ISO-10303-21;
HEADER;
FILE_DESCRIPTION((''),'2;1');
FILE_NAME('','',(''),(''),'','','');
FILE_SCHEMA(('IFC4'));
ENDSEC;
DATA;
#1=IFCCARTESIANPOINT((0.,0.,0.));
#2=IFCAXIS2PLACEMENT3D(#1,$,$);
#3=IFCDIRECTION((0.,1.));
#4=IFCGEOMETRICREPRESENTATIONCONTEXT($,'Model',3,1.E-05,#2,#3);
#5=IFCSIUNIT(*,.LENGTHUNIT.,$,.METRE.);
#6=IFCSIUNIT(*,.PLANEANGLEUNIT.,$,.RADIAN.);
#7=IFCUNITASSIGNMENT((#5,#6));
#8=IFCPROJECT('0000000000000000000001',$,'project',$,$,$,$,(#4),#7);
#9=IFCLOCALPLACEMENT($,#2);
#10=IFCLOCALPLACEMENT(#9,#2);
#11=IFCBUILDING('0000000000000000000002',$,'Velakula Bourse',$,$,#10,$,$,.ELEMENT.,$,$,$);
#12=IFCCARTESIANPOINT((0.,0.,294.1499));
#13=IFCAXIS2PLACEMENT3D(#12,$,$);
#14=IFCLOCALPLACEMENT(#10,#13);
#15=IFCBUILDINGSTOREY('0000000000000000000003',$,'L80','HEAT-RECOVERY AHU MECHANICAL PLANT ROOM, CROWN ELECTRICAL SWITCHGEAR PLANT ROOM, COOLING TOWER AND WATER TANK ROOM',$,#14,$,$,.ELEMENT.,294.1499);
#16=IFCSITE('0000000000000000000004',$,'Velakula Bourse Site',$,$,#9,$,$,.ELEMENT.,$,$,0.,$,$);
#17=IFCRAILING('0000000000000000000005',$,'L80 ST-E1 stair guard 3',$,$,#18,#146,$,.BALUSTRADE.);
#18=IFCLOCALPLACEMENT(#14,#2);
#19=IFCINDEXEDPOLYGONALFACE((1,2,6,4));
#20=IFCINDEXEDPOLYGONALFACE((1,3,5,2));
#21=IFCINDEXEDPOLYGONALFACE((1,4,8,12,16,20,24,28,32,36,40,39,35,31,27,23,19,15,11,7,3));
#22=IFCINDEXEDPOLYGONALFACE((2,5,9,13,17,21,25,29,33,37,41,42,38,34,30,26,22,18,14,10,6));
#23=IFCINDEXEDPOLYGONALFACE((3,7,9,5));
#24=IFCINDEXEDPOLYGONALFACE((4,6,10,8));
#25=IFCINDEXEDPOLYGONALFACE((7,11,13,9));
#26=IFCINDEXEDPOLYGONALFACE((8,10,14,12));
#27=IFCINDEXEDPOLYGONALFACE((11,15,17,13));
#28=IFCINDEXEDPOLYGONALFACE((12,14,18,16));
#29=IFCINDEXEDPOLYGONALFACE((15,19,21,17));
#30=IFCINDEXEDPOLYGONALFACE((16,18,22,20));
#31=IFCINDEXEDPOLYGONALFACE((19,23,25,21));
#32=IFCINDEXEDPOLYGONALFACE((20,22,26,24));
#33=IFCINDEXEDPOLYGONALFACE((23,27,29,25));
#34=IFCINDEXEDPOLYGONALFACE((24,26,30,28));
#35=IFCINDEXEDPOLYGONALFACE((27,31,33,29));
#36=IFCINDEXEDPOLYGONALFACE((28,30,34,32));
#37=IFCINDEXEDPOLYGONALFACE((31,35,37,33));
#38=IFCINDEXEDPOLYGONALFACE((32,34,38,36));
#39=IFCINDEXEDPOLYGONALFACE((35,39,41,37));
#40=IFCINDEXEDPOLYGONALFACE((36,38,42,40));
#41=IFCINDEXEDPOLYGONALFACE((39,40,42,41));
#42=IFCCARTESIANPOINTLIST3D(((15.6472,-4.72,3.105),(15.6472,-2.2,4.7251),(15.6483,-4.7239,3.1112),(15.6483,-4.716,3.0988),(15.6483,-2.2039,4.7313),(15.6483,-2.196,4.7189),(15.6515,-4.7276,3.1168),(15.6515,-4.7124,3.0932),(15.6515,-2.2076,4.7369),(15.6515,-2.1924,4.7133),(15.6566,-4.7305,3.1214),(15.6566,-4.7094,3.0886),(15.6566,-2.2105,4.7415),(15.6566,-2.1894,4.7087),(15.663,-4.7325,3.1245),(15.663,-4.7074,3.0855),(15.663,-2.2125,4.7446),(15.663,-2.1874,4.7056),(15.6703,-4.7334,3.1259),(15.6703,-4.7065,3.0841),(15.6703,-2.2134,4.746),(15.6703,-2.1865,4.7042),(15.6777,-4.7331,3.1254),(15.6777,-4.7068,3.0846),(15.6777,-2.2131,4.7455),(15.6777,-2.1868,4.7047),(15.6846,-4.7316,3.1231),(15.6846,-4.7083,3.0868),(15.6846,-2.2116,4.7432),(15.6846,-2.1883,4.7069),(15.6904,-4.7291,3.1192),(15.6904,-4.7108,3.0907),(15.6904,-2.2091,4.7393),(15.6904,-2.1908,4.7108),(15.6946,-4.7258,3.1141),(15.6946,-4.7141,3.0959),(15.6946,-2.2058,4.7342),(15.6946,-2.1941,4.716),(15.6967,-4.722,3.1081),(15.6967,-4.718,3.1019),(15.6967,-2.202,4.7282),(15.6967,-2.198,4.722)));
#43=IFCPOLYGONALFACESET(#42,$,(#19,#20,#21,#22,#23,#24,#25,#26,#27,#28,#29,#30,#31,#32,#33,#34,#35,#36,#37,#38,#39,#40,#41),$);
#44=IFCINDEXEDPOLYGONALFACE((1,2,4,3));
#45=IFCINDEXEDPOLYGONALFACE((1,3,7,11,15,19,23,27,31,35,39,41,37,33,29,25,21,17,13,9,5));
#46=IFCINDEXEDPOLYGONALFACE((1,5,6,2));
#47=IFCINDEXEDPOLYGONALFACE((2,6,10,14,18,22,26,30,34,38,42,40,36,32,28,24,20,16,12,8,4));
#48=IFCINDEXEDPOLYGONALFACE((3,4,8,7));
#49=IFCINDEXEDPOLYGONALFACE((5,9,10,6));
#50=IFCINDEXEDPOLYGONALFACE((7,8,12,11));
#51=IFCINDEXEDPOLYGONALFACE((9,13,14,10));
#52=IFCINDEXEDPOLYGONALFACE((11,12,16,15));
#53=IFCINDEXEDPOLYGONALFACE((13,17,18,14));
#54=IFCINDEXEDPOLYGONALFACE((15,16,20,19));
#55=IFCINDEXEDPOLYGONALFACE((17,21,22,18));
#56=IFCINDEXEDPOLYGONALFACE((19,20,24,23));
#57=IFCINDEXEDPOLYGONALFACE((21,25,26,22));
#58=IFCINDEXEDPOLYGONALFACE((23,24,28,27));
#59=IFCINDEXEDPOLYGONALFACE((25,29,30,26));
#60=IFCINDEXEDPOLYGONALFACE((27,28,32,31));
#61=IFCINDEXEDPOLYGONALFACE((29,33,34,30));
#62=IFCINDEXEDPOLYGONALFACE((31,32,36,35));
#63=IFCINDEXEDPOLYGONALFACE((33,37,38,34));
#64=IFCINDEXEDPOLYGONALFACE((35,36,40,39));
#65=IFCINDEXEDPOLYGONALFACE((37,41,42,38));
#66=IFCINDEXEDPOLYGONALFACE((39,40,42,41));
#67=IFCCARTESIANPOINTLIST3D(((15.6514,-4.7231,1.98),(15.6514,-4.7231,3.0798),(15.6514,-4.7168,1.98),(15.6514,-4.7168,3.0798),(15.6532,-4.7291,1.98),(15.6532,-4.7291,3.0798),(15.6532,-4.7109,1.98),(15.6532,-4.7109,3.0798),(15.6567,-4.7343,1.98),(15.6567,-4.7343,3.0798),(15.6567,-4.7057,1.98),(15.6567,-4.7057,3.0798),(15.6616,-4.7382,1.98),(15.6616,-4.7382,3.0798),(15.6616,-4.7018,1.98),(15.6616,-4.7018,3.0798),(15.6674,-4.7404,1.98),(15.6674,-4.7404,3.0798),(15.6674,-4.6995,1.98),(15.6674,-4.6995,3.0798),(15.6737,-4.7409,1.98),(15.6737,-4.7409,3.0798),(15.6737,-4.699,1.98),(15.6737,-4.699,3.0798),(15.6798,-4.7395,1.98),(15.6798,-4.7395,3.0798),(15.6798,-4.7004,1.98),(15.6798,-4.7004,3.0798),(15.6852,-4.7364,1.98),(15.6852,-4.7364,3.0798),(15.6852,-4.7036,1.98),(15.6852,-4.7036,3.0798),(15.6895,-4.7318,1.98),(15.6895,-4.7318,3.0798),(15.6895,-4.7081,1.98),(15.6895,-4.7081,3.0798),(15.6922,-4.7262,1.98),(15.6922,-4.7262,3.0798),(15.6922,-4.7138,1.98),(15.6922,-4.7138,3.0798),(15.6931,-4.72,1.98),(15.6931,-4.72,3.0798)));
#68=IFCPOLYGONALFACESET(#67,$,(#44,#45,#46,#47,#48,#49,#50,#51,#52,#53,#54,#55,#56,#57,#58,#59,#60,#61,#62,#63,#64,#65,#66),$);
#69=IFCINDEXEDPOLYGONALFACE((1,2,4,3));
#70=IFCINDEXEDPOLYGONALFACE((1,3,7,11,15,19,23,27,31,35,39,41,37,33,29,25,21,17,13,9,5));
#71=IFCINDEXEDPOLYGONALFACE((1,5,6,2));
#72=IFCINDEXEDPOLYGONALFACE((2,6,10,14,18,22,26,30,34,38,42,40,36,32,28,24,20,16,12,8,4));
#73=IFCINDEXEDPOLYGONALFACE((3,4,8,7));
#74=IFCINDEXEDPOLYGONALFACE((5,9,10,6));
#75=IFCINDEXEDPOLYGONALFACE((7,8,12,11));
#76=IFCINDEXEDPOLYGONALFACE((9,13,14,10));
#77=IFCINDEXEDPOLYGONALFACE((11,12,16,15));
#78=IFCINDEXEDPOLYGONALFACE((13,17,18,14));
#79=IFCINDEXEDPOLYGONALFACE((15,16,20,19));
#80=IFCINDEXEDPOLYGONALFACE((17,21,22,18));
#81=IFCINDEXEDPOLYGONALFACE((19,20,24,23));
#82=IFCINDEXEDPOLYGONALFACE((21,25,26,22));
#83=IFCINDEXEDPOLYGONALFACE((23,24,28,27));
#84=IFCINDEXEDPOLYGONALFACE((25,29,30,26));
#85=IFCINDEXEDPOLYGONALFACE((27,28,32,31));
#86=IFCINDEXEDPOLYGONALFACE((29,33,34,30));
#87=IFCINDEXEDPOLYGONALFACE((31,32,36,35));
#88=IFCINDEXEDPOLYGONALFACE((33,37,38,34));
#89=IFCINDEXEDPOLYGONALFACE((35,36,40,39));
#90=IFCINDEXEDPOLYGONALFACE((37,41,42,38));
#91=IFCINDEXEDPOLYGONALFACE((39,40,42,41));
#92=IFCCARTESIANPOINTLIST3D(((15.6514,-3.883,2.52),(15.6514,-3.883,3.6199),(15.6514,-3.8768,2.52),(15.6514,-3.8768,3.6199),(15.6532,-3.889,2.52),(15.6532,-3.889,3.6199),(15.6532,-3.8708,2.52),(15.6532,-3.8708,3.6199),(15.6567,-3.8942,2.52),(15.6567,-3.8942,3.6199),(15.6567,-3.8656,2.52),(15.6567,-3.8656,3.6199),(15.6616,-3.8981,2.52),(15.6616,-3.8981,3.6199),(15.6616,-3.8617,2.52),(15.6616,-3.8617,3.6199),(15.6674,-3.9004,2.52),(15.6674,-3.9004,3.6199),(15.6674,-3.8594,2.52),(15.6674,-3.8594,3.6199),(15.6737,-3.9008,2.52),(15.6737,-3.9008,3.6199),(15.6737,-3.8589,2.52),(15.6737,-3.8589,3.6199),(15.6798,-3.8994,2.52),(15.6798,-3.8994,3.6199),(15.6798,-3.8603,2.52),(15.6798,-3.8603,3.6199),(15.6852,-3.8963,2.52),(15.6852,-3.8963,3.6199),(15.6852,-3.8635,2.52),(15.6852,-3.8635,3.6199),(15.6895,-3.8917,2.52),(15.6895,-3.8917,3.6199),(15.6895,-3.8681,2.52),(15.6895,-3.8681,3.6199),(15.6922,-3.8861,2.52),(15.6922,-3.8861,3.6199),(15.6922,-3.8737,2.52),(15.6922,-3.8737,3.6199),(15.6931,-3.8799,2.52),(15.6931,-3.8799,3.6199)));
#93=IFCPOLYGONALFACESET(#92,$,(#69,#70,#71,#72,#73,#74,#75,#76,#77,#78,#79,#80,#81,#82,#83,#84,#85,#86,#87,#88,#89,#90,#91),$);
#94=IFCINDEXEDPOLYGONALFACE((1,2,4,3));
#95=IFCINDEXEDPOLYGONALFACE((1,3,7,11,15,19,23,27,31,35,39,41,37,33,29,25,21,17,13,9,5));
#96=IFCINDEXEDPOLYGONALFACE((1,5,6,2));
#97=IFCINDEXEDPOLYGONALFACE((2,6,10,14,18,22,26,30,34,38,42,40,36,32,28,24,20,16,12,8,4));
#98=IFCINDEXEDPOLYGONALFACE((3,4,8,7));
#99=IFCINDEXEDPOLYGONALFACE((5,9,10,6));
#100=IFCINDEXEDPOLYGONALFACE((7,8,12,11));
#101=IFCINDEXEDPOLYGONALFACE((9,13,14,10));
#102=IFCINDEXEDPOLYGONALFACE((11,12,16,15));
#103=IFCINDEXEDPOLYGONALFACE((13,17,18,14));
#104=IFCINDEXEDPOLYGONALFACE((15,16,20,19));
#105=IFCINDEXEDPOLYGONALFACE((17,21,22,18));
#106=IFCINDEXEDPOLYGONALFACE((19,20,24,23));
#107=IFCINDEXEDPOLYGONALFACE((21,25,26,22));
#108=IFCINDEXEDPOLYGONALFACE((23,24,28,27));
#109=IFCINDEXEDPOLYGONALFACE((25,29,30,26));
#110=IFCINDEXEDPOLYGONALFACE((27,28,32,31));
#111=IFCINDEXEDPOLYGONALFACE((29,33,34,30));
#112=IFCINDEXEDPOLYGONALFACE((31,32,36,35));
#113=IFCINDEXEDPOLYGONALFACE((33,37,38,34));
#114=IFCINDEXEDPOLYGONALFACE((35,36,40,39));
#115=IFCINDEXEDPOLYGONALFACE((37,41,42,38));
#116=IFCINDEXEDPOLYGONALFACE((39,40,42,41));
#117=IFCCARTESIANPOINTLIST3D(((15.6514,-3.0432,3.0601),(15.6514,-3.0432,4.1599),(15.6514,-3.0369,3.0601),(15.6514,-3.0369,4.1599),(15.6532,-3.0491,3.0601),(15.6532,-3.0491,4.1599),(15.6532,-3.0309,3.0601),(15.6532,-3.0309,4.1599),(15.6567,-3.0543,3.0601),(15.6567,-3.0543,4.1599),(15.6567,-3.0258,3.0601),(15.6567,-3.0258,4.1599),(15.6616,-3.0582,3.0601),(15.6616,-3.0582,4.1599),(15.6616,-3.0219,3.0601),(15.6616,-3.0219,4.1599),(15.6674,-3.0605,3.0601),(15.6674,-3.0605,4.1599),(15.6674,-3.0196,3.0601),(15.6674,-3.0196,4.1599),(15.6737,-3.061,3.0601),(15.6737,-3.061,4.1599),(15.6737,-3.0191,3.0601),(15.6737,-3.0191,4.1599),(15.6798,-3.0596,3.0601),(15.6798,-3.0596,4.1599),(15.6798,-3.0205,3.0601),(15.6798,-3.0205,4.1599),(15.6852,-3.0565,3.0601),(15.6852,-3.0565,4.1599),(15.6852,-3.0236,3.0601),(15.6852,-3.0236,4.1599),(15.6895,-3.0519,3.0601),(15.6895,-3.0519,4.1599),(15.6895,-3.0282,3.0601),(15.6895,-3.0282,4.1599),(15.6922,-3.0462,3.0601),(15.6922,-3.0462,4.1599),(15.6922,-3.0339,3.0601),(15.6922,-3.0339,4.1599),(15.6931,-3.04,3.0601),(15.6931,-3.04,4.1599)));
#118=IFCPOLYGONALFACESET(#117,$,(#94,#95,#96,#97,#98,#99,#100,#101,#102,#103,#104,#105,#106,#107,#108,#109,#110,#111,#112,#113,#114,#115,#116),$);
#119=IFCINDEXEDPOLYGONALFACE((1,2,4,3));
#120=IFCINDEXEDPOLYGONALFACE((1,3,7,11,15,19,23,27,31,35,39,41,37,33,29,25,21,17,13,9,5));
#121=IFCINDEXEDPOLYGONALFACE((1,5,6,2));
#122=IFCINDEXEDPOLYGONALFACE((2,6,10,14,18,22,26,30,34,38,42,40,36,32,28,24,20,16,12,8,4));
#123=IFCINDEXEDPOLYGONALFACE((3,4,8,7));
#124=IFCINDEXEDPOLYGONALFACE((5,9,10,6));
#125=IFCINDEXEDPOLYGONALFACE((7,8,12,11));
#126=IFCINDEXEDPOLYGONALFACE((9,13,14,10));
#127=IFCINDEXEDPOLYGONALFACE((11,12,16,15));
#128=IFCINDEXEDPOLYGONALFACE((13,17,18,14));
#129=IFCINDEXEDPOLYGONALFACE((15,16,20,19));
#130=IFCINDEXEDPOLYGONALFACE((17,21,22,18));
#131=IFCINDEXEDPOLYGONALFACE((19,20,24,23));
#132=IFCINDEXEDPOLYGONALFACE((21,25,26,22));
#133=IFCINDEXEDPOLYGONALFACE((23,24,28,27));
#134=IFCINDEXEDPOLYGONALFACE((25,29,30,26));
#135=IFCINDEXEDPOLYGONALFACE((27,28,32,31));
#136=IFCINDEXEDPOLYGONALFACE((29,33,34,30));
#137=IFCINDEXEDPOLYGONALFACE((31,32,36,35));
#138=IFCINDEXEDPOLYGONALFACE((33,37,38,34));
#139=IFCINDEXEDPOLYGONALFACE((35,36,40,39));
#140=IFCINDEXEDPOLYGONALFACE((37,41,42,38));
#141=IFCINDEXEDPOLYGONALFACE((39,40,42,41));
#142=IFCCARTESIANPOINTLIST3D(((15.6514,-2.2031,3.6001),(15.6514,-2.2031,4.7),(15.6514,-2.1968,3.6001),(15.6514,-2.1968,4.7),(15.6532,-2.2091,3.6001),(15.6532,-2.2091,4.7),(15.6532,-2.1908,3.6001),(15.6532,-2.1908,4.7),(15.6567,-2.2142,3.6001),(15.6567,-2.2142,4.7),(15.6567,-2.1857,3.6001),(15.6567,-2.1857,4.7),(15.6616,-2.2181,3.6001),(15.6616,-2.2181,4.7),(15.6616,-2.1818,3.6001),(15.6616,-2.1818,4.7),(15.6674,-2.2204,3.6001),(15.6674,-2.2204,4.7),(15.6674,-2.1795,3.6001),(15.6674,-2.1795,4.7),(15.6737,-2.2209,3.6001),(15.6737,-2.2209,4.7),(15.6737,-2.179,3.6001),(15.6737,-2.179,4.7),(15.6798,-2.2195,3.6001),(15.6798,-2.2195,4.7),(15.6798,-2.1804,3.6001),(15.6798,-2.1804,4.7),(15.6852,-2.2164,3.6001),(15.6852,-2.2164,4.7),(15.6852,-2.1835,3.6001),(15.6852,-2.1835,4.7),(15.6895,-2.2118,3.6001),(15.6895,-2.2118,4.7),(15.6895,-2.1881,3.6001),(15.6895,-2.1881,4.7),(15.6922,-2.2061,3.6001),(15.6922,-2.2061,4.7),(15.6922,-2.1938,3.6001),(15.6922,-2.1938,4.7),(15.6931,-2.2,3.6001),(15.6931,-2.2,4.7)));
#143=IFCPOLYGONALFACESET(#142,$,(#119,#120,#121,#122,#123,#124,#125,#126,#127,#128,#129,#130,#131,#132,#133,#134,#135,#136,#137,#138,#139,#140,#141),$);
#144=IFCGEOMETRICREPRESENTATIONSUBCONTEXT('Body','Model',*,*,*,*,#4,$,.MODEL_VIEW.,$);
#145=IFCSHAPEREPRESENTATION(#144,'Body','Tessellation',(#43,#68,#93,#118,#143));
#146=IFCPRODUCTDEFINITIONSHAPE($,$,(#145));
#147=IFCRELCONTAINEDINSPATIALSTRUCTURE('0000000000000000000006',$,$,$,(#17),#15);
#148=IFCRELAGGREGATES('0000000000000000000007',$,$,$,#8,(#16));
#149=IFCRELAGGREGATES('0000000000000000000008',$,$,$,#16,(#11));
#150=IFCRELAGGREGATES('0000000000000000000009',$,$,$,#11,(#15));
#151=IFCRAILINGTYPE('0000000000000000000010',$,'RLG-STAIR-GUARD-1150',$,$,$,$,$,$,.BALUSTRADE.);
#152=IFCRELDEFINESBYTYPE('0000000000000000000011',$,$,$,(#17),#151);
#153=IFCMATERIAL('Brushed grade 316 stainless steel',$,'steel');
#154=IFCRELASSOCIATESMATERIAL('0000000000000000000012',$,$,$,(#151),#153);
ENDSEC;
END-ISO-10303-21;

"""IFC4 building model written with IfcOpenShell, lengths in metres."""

from ifc_helpers import new_model, si_unit, direction, frame, origin, origin_2d, place, context, subcontext, project, spatial, circle, extrude, material, type_object, element, save


model = new_model("IFC4")

# Units and contexts
model_context = context("Model", 3, precision=1e-05, world=origin(), true_north=direction((0.0, 1.0)))
body_context = subcontext(model_context, "Body", "Model", "MODEL_VIEW")
ifc_project = project(units=[si_unit("LENGTHUNIT", "METRE"), si_unit("PLANEANGLEUNIT", "RADIAN")], contexts=[model_context])

# Site, building, storey
site_placement = place(None, origin())
site = spatial("IfcSite", under=ifc_project, at=site_placement, Name="Velakula Bourse Site", CompositionType="ELEMENT", RefElevation=0.0)
building_placement = place(site_placement, origin())
building = spatial("IfcBuilding", under=site, at=building_placement, Name="Velakula Bourse", CompositionType="ELEMENT")
storey_placement = place(building_placement, frame((0.0, 0.0, 294.1499)))
storey = spatial("IfcBuildingStorey", under=building, at=storey_placement, Name="L80", Description="HEAT-RECOVERY AHU MECHANICAL PLANT ROOM, CROWN ELECTRICAL SWITCHGEAR PLANT ROOM, COOLING TOWER AND WATER TANK ROOM", CompositionType="ELEMENT", Elevation=294.1499)

# Shared definitions
ifc_material_1 = material(Name="Brushed grade 316 stainless steel", Category="steel")

# Railing
railing_type_1 = type_object("IfcRailingType", Name="RLG-STAIR-GUARD-1150", PredefinedType="BALUSTRADE", material=ifc_material_1)
railing_1_placement = place(storey_placement, frame((15.6721, -4.72, 1.98)))
element("IfcRailing", 1, at=railing_1_placement, inside=storey, type_object=railing_type_1, Name="L80 ST-E1 stair guard 3", PredefinedType="BALUSTRADE", context=body_context, shape_type="SweptSolid", body=[
    extrude(circle(Radius=0.0249, at=origin_2d()), frame((0.0, 0.0, 1.125), z_axis=(0.0, 0.841163, 0.540782), x_axis=(-1.0, 0.0, 0.0)), (0.0, 0.0, 1.0), 2.9958),
    extrude(circle(Radius=0.021, at=origin_2d()), origin(), (0.0, 0.0, 1.0), 1.0999),
    extrude(circle(Radius=0.021, at=origin_2d()), frame((0.0, 0.8401, 0.54)), (0.0, 0.0, 1.0), 1.0999),
    extrude(circle(Radius=0.021, at=origin_2d()), frame((0.0, 1.6799, 1.0801)), (0.0, 0.0, 1.0), 1.0999),
    extrude(circle(Radius=0.021, at=origin_2d()), frame((0.0, 2.52, 1.6201)), (0.0, 0.0, 1.0), 1.0999),
])

save(model, "model.ifc")
